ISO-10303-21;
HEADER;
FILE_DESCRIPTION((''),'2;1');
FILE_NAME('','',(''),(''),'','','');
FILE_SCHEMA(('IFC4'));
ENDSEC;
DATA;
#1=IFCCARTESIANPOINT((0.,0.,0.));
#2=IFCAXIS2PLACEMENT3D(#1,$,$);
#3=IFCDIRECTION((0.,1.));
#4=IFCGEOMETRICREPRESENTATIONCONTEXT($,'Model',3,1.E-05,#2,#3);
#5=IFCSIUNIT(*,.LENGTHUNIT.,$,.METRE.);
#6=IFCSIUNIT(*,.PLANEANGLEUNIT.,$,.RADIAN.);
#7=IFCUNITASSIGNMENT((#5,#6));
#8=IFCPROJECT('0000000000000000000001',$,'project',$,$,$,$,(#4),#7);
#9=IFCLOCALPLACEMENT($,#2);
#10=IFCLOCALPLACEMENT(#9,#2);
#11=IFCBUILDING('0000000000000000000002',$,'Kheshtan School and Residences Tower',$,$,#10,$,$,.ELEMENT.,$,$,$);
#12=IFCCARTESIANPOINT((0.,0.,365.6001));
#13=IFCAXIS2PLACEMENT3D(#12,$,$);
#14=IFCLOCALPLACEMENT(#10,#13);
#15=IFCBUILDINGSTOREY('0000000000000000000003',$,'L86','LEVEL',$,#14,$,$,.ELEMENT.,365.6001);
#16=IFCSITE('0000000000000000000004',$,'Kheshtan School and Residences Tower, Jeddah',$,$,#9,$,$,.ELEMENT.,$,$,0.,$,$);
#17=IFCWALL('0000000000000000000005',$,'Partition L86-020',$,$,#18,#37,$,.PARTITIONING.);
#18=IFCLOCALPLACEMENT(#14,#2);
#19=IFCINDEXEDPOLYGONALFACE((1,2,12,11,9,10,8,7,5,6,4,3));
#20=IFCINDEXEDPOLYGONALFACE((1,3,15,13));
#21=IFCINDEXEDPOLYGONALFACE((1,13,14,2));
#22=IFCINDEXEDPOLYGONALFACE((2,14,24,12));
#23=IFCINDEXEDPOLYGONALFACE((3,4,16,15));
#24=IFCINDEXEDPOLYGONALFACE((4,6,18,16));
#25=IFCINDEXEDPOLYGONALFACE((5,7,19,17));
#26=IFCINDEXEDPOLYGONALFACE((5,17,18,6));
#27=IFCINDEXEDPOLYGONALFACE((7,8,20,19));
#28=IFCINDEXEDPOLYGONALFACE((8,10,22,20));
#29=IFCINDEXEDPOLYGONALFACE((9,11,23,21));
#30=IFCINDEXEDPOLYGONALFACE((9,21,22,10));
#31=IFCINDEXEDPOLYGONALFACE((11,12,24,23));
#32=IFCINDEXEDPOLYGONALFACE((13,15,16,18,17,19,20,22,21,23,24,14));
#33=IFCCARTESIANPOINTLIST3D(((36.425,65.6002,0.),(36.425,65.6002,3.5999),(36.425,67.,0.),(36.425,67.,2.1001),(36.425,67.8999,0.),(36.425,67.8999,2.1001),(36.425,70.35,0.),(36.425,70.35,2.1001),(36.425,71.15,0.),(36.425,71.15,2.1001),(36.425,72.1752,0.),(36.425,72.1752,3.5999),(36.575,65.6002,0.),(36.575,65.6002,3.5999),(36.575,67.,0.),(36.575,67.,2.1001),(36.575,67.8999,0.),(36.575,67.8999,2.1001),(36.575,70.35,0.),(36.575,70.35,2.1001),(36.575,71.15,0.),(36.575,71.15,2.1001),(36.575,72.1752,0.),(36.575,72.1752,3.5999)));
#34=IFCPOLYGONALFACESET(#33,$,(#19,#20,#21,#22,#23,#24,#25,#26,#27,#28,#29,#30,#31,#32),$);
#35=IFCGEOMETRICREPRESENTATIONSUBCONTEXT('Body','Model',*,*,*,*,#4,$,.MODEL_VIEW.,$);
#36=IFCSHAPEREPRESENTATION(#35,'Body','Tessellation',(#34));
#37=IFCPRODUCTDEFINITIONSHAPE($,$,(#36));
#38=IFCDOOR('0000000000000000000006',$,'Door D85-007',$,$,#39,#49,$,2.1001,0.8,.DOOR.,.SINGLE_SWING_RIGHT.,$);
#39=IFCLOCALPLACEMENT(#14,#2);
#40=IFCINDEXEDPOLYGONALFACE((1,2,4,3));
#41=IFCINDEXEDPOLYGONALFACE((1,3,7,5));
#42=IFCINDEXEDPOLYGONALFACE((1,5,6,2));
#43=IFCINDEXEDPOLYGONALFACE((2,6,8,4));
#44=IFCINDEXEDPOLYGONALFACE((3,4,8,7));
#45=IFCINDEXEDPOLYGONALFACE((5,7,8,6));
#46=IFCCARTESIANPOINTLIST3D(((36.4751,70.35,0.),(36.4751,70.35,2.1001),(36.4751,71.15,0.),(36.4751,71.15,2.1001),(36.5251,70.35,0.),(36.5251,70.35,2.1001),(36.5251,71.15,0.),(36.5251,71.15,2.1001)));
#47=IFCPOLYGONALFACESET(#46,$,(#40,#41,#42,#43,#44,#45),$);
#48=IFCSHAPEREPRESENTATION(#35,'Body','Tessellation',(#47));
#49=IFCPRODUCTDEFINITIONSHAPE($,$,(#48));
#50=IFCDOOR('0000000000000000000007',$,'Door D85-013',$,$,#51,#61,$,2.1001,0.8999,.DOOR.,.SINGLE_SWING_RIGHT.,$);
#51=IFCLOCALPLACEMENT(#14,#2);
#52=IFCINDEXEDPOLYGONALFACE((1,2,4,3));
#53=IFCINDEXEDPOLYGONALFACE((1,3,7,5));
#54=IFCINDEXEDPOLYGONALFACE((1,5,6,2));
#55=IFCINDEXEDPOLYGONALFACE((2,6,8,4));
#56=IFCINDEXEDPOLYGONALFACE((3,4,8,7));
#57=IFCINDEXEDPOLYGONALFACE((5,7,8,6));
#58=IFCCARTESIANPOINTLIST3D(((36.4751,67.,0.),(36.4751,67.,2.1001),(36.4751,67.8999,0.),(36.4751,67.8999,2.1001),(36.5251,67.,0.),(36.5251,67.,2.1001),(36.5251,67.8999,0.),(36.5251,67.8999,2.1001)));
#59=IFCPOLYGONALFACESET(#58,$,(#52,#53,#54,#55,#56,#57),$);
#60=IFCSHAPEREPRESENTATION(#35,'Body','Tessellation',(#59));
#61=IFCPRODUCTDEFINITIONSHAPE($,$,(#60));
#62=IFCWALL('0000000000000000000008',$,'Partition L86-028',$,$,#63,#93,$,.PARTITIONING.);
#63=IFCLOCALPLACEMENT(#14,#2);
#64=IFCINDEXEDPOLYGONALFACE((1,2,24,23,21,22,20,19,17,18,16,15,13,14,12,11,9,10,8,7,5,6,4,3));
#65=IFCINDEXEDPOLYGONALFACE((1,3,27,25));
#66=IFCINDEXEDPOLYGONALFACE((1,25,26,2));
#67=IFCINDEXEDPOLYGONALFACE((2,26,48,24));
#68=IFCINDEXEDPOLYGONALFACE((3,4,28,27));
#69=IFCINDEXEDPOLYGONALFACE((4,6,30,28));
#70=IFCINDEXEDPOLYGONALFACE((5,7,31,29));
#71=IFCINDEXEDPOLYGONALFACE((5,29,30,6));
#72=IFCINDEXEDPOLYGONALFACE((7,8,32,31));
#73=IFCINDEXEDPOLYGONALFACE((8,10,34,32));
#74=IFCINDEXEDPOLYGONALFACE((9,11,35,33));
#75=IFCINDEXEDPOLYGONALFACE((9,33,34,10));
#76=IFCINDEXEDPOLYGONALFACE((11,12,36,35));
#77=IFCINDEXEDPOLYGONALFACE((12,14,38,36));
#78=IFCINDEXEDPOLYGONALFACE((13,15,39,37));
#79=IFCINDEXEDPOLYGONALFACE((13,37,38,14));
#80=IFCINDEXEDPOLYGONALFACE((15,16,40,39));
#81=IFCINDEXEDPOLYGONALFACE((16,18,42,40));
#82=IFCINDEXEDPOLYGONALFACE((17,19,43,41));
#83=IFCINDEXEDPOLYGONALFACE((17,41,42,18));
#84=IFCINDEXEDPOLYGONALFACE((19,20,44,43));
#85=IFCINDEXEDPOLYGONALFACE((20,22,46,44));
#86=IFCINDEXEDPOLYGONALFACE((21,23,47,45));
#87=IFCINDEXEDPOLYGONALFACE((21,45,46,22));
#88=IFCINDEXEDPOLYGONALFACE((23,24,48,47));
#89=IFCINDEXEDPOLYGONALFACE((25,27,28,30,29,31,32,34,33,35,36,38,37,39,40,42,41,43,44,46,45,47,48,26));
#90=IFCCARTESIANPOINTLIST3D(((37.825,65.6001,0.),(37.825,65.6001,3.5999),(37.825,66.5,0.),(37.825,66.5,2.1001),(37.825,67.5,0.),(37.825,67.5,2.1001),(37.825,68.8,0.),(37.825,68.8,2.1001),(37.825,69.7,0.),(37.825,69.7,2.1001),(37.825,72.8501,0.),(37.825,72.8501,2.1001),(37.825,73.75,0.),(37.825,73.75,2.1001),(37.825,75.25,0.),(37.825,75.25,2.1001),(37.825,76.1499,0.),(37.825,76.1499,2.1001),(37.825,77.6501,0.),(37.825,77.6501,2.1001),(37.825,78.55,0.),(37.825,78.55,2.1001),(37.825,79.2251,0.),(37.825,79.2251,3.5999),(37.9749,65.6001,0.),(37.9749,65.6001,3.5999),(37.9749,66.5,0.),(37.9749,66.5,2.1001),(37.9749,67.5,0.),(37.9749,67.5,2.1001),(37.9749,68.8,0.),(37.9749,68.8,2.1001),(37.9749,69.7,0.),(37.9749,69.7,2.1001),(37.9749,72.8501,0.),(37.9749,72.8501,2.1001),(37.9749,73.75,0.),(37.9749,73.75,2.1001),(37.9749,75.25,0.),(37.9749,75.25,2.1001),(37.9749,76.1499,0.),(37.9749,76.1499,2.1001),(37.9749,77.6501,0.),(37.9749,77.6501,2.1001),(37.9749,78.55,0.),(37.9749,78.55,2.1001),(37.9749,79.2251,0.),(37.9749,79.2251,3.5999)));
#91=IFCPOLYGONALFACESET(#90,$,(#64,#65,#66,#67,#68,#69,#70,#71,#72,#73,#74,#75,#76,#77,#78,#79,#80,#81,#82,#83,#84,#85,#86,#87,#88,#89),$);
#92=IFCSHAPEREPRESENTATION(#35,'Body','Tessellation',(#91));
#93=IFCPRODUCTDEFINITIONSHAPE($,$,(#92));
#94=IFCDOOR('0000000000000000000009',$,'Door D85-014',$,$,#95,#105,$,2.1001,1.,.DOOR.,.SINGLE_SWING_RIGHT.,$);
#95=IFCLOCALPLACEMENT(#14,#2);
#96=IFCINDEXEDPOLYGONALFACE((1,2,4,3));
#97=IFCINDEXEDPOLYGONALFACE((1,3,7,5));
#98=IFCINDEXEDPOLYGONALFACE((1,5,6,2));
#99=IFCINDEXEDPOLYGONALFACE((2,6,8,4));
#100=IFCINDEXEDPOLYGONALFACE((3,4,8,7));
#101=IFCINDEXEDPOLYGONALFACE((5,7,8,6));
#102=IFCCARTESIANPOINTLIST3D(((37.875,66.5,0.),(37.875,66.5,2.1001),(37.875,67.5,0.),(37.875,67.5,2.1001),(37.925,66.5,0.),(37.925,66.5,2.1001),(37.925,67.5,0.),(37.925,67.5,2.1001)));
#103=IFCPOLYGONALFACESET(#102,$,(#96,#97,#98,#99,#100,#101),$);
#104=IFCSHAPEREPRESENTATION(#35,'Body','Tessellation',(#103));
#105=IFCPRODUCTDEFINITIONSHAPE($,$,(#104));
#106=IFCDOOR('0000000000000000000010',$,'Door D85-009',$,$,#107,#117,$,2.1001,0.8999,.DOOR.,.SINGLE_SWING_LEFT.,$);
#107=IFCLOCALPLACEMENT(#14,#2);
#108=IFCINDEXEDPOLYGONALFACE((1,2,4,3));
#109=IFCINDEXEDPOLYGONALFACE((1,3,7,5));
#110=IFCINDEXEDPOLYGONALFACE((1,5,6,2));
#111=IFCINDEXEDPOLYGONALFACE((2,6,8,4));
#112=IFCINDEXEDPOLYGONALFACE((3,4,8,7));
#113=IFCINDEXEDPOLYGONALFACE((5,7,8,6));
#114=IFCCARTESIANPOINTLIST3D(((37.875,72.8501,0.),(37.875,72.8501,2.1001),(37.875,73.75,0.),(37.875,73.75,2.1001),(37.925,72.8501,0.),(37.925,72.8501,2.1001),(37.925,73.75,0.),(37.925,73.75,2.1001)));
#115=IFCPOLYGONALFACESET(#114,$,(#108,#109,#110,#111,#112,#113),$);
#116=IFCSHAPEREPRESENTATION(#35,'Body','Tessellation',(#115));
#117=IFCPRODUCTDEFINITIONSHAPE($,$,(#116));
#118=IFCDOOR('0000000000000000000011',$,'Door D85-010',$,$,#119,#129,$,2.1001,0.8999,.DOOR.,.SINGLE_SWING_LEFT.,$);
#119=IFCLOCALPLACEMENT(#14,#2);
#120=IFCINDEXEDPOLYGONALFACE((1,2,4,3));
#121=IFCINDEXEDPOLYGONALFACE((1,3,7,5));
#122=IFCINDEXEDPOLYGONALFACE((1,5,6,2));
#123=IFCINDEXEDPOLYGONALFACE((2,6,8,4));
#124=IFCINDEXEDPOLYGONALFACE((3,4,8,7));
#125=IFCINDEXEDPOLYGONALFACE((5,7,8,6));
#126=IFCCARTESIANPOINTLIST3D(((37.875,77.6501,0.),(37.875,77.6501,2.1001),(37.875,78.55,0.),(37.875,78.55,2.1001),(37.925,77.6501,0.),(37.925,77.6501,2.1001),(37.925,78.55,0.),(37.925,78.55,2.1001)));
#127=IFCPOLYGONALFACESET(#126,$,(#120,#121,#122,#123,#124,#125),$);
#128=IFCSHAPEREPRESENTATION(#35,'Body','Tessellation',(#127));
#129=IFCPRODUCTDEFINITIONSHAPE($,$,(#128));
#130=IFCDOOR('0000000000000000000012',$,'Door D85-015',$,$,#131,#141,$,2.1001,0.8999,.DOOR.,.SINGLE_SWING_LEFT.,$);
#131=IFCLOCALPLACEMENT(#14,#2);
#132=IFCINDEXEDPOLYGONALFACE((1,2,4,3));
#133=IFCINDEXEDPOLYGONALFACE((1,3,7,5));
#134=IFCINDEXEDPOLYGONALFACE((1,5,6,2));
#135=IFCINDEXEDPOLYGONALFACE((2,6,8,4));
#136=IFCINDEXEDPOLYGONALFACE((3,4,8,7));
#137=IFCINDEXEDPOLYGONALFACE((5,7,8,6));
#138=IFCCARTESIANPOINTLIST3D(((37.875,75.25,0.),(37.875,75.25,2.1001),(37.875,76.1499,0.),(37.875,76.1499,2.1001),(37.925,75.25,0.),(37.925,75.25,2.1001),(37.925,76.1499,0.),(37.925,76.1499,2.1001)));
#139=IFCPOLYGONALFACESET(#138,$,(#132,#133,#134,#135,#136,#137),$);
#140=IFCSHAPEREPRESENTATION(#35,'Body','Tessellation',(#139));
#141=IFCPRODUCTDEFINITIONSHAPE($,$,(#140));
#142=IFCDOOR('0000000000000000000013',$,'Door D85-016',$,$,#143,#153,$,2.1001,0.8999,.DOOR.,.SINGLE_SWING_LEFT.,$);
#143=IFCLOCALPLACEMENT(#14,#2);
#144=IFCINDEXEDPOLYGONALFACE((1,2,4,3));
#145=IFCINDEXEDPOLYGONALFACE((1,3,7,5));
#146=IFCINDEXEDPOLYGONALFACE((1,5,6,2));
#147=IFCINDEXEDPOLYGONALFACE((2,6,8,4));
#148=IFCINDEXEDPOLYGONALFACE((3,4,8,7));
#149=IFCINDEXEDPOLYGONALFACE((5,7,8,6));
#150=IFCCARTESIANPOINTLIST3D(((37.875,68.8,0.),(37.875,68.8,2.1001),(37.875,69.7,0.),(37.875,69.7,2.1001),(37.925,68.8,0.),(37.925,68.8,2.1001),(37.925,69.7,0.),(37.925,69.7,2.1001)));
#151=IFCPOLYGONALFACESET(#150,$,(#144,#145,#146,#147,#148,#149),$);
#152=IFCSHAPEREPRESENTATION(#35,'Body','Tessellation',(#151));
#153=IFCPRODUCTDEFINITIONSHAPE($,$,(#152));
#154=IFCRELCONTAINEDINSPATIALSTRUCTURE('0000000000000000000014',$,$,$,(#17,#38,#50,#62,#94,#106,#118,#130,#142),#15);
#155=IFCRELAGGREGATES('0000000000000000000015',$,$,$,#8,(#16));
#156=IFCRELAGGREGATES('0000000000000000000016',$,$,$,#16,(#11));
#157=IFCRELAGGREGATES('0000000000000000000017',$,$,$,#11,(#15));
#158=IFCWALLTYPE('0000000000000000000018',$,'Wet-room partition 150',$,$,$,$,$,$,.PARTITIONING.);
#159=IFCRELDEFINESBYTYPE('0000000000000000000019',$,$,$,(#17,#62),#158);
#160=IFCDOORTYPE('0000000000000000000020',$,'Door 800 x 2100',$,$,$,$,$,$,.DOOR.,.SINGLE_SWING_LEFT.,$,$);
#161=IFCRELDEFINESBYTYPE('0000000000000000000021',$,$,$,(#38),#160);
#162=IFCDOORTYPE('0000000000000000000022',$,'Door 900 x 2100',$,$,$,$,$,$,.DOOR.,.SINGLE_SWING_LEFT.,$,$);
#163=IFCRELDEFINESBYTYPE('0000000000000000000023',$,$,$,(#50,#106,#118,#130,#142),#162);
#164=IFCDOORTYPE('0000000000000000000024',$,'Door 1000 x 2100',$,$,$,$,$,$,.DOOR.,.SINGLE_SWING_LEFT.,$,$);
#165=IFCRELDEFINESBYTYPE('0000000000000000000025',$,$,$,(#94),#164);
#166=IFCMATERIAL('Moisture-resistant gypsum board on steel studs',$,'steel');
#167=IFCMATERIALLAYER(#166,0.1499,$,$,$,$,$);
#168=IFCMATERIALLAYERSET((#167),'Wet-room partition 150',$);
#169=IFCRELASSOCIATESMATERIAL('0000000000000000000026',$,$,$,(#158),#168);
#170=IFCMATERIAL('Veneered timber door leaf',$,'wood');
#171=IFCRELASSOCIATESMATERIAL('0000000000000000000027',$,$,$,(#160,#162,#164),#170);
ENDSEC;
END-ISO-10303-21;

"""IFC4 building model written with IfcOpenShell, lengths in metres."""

from ifc_helpers import new_model, si_unit, direction, frame, frame_2d, origin, place, context, subcontext, project, spatial, rectangle, extrude, source, transform, mapped, material, layer, layer_set, type_object, element, fill, save


model = new_model("IFC4")

# Units and contexts
model_context = context("Model", 3, precision=1e-05, world=origin(), true_north=direction((0.0, 1.0)))
body_context = subcontext(model_context, "Body", "Model", "MODEL_VIEW")
ifc_project = project(units=[si_unit("LENGTHUNIT", "METRE"), si_unit("PLANEANGLEUNIT", "RADIAN")], contexts=[model_context])

# Site, building, storey
site_placement = place(None, origin())
site = spatial("IfcSite", under=ifc_project, at=site_placement, Name="Kheshtan School and Residences Tower, Jeddah", CompositionType="ELEMENT", RefElevation=0.0)
building_placement = place(site_placement, origin())
building = spatial("IfcBuilding", under=site, at=building_placement, Name="Kheshtan School and Residences Tower", CompositionType="ELEMENT")
storey_placement = place(building_placement, frame((0.0, 0.0, 365.6001)))
storey = spatial("IfcBuildingStorey", under=building, at=storey_placement, Name="L86", Description="LEVEL", CompositionType="ELEMENT", Elevation=365.6001)

# Shared definitions
ifc_material_1 = material(Name="Moisture-resistant gypsum board on steel studs", Category="steel")
ifc_layer_1 = layer(ifc_material_1, 0.1499)
ifc_layer_set_1 = layer_set([ifc_layer_1], Name="Wet-room partition 150")
wall_type_1 = type_object("IfcWallType", Name="Wet-room partition 150", PredefinedType="PARTITIONING", material=ifc_layer_set_1)

# Walls, openings, doors
wall_1_placement = place(storey_placement, frame((36.5, 65.6001, 0.0), z_axis=(0.0, 0.0, 1.0), x_axis=(0.0, 1.0, 0.0)))
wall_1 = element("IfcWall", 1, at=wall_1_placement, inside=storey, type_object=wall_type_1, Name="Partition L86-020", PredefinedType="PARTITIONING", context=body_context, shape_type="SweptSolid", body=[
    extrude(rectangle(XDim=6.575, YDim=0.1499, at=frame_2d((3.2876, 0.0))), origin(), (0.0, 0.0, 1.0), 3.5999),
])
opening_1_placement = place(wall_1_placement, frame((4.75, 0.0, 0.0)))
opening_1 = element("IfcOpeningElement", 2, at=opening_1_placement, cuts=wall_1, PredefinedType="OPENING", context=body_context, shape_type="SweptSolid", body=[
    extrude(rectangle(XDim=0.8, YDim=2.1001, at=frame_2d((0.3999, 1.05))), frame((0.0, 0.085, 0.0), z_axis=(0.0, -1.0, 0.0), x_axis=(1.0, 0.0, 0.0)), (0.0, 0.0, 1.0), 0.1699),
])
opening_2_placement = place(wall_1_placement, frame((1.3999, 0.0, 0.0)))
opening_2 = element("IfcOpeningElement", 3, at=opening_2_placement, cuts=wall_1, PredefinedType="OPENING", context=body_context, shape_type="SweptSolid", body=[
    extrude(rectangle(XDim=0.8999, YDim=2.1001, at=frame_2d((0.45, 1.05))), frame((0.0, 0.085, 0.0), z_axis=(0.0, -1.0, 0.0), x_axis=(1.0, 0.0, 0.0)), (0.0, 0.0, 1.0), 0.1699),
])
ifc_material_2 = material(Name="Veneered timber door leaf", Category="wood")
door_type_1 = type_object("IfcDoorType", Name="Door 800 x 2100", OperationType="SINGLE_SWING_LEFT", PredefinedType="DOOR", material=ifc_material_2)
shared_shape_1 = source(origin(), body_context, "Body", "SweptSolid", [
    extrude(rectangle(XDim=0.8, YDim=2.1001, at=frame_2d((0.3999, 1.05))), frame((0.0, 0.0249, 0.0), z_axis=(0.0, -1.0, 0.0), x_axis=(1.0, 0.0, 0.0)), (0.0, 0.0, 1.0), 0.05),
])
door_1_placement = place(opening_1_placement, origin())
door_1 = element("IfcDoor", 4, at=door_1_placement, inside=storey, type_object=door_type_1, Name="Door D85-007", OperationType="SINGLE_SWING_RIGHT", OverallHeight=2.1001, OverallWidth=0.8, PredefinedType="DOOR", context=body_context, shape_type="MappedRepresentation", body=[
    mapped(shared_shape_1, transform((0.0, 0.0, 0.0), x_axis=(1.0, 0.0, 0.0), y_axis=(0.0, 1.0, 0.0), z_axis=(0.0, 0.0, 1.0), scale=1.0)),
])
fill(opening_1, door_1)
door_type_2 = type_object("IfcDoorType", Name="Door 900 x 2100", OperationType="SINGLE_SWING_LEFT", PredefinedType="DOOR", material=ifc_material_2)
shared_shape_2 = source(origin(), body_context, "Body", "SweptSolid", [
    extrude(rectangle(XDim=0.8999, YDim=2.1001, at=frame_2d((0.45, 1.05))), frame((0.0, 0.0249, 0.0), z_axis=(0.0, -1.0, 0.0), x_axis=(1.0, 0.0, 0.0)), (0.0, 0.0, 1.0), 0.05),
])
door_2_placement = place(opening_2_placement, origin())
door_2 = element("IfcDoor", 5, at=door_2_placement, inside=storey, type_object=door_type_2, Name="Door D85-013", OperationType="SINGLE_SWING_RIGHT", OverallHeight=2.1001, OverallWidth=0.8999, PredefinedType="DOOR", context=body_context, shape_type="MappedRepresentation", body=[
    mapped(shared_shape_2, transform((0.0, 0.0, 0.0), x_axis=(1.0, 0.0, 0.0), y_axis=(0.0, 1.0, 0.0), z_axis=(0.0, 0.0, 1.0), scale=1.0)),
])
fill(opening_2, door_2)
wall_2_placement = place(storey_placement, frame((37.8999, 65.6001, 0.0), z_axis=(0.0, 0.0, 1.0), x_axis=(0.0, 1.0, 0.0)))
wall_2 = element("IfcWall", 6, at=wall_2_placement, inside=storey, type_object=wall_type_1, Name="Partition L86-028", PredefinedType="PARTITIONING", context=body_context, shape_type="SweptSolid", body=[
    extrude(rectangle(XDim=13.625, YDim=0.1499, at=frame_2d((6.8125, 0.0))), origin(), (0.0, 0.0, 1.0), 3.5999),
])
opening_3_placement = place(wall_2_placement, frame((7.25, 0.0, 0.0)))
opening_3 = element("IfcOpeningElement", 7, at=opening_3_placement, cuts=wall_2, PredefinedType="OPENING", context=body_context, shape_type="SweptSolid", body=[
    extrude(rectangle(XDim=0.8999, YDim=2.1001, at=frame_2d((0.45, 1.05))), frame((0.0, 0.085, 0.0), z_axis=(0.0, -1.0, 0.0), x_axis=(1.0, 0.0, 0.0)), (0.0, 0.0, 1.0), 0.1699),
])
opening_4_placement = place(wall_2_placement, frame((12.05, 0.0, 0.0)))
opening_4 = element("IfcOpeningElement", 8, at=opening_4_placement, cuts=wall_2, PredefinedType="OPENING", context=body_context, shape_type="SweptSolid", body=[
    extrude(rectangle(XDim=0.8999, YDim=2.1001, at=frame_2d((0.45, 1.05))), frame((0.0, 0.085, 0.0), z_axis=(0.0, -1.0, 0.0), x_axis=(1.0, 0.0, 0.0)), (0.0, 0.0, 1.0), 0.1699),
])
opening_5_placement = place(wall_2_placement, frame((0.8999, 0.0, 0.0)))
opening_5 = element("IfcOpeningElement", 9, at=opening_5_placement, cuts=wall_2, PredefinedType="OPENING", context=body_context, shape_type="SweptSolid", body=[
    extrude(rectangle(XDim=1.0, YDim=2.1001, at=frame_2d((0.5, 1.05))), frame((0.0, 0.085, 0.0), z_axis=(0.0, -1.0, 0.0), x_axis=(1.0, 0.0, 0.0)), (0.0, 0.0, 1.0), 0.1699),
])
opening_6_placement = place(wall_2_placement, frame((9.6499, 0.0, 0.0)))
opening_6 = element("IfcOpeningElement", 10, at=opening_6_placement, cuts=wall_2, PredefinedType="OPENING", context=body_context, shape_type="SweptSolid", body=[
    extrude(rectangle(XDim=0.8999, YDim=2.1001, at=frame_2d((0.45, 1.05))), frame((0.0, 0.085, 0.0), z_axis=(0.0, -1.0, 0.0), x_axis=(1.0, 0.0, 0.0)), (0.0, 0.0, 1.0), 0.1699),
])
opening_7_placement = place(wall_2_placement, frame((3.2, 0.0, 0.0)))
opening_7 = element("IfcOpeningElement", 11, at=opening_7_placement, cuts=wall_2, PredefinedType="OPENING", context=body_context, shape_type="SweptSolid", body=[
    extrude(rectangle(XDim=0.8999, YDim=2.1001, at=frame_2d((0.45, 1.05))), frame((0.0, 0.085, 0.0), z_axis=(0.0, -1.0, 0.0), x_axis=(1.0, 0.0, 0.0)), (0.0, 0.0, 1.0), 0.1699),
])
door_type_3 = type_object("IfcDoorType", Name="Door 1000 x 2100", OperationType="SINGLE_SWING_LEFT", PredefinedType="DOOR", material=ifc_material_2)
shared_shape_3 = source(origin(), body_context, "Body", "SweptSolid", [
    extrude(rectangle(XDim=1.0, YDim=2.1001, at=frame_2d((0.5, 1.05))), frame((0.0, 0.0249, 0.0), z_axis=(0.0, -1.0, 0.0), x_axis=(1.0, 0.0, 0.0)), (0.0, 0.0, 1.0), 0.05),
])
door_3_placement = place(opening_5_placement, origin())
door_3 = element("IfcDoor", 12, at=door_3_placement, inside=storey, type_object=door_type_3, Name="Door D85-014", OperationType="SINGLE_SWING_RIGHT", OverallHeight=2.1001, OverallWidth=1.0, PredefinedType="DOOR", context=body_context, shape_type="MappedRepresentation", body=[
    mapped(shared_shape_3, transform((0.0, 0.0, 0.0), x_axis=(1.0, 0.0, 0.0), y_axis=(0.0, 1.0, 0.0), z_axis=(0.0, 0.0, 1.0), scale=1.0)),
])
fill(opening_5, door_3)
door_4_placement = place(opening_3_placement, origin())
door_4 = element("IfcDoor", 13, at=door_4_placement, inside=storey, type_object=door_type_2, Name="Door D85-009", OperationType="SINGLE_SWING_LEFT", OverallHeight=2.1001, OverallWidth=0.8999, PredefinedType="DOOR", context=body_context, shape_type="MappedRepresentation", body=[
    mapped(shared_shape_2, transform((0.0, 0.0, 0.0), x_axis=(1.0, 0.0, 0.0), y_axis=(0.0, 1.0, 0.0), z_axis=(0.0, 0.0, 1.0), scale=1.0)),
])
fill(opening_3, door_4)
door_5_placement = place(opening_4_placement, origin())
door_5 = element("IfcDoor", 14, at=door_5_placement, inside=storey, type_object=door_type_2, Name="Door D85-010", OperationType="SINGLE_SWING_LEFT", OverallHeight=2.1001, OverallWidth=0.8999, PredefinedType="DOOR", context=body_context, shape_type="MappedRepresentation", body=[
    mapped(shared_shape_2, transform((0.0, 0.0, 0.0), x_axis=(1.0, 0.0, 0.0), y_axis=(0.0, 1.0, 0.0), z_axis=(0.0, 0.0, 1.0), scale=1.0)),
])
fill(opening_4, door_5)
door_6_placement = place(opening_6_placement, origin())
door_6 = element("IfcDoor", 15, at=door_6_placement, inside=storey, type_object=door_type_2, Name="Door D85-015", OperationType="SINGLE_SWING_LEFT", OverallHeight=2.1001, OverallWidth=0.8999, PredefinedType="DOOR", context=body_context, shape_type="MappedRepresentation", body=[
    mapped(shared_shape_2, transform((0.0, 0.0, 0.0), x_axis=(1.0, 0.0, 0.0), y_axis=(0.0, 1.0, 0.0), z_axis=(0.0, 0.0, 1.0), scale=1.0)),
])
fill(opening_6, door_6)
door_7_placement = place(opening_7_placement, origin())
door_7 = element("IfcDoor", 16, at=door_7_placement, inside=storey, type_object=door_type_2, Name="Door D85-016", OperationType="SINGLE_SWING_LEFT", OverallHeight=2.1001, OverallWidth=0.8999, PredefinedType="DOOR", context=body_context, shape_type="MappedRepresentation", body=[
    mapped(shared_shape_2, transform((0.0, 0.0, 0.0), x_axis=(1.0, 0.0, 0.0), y_axis=(0.0, 1.0, 0.0), z_axis=(0.0, 0.0, 1.0), scale=1.0)),
])
fill(opening_7, door_7)

save(model, "model.ifc")
